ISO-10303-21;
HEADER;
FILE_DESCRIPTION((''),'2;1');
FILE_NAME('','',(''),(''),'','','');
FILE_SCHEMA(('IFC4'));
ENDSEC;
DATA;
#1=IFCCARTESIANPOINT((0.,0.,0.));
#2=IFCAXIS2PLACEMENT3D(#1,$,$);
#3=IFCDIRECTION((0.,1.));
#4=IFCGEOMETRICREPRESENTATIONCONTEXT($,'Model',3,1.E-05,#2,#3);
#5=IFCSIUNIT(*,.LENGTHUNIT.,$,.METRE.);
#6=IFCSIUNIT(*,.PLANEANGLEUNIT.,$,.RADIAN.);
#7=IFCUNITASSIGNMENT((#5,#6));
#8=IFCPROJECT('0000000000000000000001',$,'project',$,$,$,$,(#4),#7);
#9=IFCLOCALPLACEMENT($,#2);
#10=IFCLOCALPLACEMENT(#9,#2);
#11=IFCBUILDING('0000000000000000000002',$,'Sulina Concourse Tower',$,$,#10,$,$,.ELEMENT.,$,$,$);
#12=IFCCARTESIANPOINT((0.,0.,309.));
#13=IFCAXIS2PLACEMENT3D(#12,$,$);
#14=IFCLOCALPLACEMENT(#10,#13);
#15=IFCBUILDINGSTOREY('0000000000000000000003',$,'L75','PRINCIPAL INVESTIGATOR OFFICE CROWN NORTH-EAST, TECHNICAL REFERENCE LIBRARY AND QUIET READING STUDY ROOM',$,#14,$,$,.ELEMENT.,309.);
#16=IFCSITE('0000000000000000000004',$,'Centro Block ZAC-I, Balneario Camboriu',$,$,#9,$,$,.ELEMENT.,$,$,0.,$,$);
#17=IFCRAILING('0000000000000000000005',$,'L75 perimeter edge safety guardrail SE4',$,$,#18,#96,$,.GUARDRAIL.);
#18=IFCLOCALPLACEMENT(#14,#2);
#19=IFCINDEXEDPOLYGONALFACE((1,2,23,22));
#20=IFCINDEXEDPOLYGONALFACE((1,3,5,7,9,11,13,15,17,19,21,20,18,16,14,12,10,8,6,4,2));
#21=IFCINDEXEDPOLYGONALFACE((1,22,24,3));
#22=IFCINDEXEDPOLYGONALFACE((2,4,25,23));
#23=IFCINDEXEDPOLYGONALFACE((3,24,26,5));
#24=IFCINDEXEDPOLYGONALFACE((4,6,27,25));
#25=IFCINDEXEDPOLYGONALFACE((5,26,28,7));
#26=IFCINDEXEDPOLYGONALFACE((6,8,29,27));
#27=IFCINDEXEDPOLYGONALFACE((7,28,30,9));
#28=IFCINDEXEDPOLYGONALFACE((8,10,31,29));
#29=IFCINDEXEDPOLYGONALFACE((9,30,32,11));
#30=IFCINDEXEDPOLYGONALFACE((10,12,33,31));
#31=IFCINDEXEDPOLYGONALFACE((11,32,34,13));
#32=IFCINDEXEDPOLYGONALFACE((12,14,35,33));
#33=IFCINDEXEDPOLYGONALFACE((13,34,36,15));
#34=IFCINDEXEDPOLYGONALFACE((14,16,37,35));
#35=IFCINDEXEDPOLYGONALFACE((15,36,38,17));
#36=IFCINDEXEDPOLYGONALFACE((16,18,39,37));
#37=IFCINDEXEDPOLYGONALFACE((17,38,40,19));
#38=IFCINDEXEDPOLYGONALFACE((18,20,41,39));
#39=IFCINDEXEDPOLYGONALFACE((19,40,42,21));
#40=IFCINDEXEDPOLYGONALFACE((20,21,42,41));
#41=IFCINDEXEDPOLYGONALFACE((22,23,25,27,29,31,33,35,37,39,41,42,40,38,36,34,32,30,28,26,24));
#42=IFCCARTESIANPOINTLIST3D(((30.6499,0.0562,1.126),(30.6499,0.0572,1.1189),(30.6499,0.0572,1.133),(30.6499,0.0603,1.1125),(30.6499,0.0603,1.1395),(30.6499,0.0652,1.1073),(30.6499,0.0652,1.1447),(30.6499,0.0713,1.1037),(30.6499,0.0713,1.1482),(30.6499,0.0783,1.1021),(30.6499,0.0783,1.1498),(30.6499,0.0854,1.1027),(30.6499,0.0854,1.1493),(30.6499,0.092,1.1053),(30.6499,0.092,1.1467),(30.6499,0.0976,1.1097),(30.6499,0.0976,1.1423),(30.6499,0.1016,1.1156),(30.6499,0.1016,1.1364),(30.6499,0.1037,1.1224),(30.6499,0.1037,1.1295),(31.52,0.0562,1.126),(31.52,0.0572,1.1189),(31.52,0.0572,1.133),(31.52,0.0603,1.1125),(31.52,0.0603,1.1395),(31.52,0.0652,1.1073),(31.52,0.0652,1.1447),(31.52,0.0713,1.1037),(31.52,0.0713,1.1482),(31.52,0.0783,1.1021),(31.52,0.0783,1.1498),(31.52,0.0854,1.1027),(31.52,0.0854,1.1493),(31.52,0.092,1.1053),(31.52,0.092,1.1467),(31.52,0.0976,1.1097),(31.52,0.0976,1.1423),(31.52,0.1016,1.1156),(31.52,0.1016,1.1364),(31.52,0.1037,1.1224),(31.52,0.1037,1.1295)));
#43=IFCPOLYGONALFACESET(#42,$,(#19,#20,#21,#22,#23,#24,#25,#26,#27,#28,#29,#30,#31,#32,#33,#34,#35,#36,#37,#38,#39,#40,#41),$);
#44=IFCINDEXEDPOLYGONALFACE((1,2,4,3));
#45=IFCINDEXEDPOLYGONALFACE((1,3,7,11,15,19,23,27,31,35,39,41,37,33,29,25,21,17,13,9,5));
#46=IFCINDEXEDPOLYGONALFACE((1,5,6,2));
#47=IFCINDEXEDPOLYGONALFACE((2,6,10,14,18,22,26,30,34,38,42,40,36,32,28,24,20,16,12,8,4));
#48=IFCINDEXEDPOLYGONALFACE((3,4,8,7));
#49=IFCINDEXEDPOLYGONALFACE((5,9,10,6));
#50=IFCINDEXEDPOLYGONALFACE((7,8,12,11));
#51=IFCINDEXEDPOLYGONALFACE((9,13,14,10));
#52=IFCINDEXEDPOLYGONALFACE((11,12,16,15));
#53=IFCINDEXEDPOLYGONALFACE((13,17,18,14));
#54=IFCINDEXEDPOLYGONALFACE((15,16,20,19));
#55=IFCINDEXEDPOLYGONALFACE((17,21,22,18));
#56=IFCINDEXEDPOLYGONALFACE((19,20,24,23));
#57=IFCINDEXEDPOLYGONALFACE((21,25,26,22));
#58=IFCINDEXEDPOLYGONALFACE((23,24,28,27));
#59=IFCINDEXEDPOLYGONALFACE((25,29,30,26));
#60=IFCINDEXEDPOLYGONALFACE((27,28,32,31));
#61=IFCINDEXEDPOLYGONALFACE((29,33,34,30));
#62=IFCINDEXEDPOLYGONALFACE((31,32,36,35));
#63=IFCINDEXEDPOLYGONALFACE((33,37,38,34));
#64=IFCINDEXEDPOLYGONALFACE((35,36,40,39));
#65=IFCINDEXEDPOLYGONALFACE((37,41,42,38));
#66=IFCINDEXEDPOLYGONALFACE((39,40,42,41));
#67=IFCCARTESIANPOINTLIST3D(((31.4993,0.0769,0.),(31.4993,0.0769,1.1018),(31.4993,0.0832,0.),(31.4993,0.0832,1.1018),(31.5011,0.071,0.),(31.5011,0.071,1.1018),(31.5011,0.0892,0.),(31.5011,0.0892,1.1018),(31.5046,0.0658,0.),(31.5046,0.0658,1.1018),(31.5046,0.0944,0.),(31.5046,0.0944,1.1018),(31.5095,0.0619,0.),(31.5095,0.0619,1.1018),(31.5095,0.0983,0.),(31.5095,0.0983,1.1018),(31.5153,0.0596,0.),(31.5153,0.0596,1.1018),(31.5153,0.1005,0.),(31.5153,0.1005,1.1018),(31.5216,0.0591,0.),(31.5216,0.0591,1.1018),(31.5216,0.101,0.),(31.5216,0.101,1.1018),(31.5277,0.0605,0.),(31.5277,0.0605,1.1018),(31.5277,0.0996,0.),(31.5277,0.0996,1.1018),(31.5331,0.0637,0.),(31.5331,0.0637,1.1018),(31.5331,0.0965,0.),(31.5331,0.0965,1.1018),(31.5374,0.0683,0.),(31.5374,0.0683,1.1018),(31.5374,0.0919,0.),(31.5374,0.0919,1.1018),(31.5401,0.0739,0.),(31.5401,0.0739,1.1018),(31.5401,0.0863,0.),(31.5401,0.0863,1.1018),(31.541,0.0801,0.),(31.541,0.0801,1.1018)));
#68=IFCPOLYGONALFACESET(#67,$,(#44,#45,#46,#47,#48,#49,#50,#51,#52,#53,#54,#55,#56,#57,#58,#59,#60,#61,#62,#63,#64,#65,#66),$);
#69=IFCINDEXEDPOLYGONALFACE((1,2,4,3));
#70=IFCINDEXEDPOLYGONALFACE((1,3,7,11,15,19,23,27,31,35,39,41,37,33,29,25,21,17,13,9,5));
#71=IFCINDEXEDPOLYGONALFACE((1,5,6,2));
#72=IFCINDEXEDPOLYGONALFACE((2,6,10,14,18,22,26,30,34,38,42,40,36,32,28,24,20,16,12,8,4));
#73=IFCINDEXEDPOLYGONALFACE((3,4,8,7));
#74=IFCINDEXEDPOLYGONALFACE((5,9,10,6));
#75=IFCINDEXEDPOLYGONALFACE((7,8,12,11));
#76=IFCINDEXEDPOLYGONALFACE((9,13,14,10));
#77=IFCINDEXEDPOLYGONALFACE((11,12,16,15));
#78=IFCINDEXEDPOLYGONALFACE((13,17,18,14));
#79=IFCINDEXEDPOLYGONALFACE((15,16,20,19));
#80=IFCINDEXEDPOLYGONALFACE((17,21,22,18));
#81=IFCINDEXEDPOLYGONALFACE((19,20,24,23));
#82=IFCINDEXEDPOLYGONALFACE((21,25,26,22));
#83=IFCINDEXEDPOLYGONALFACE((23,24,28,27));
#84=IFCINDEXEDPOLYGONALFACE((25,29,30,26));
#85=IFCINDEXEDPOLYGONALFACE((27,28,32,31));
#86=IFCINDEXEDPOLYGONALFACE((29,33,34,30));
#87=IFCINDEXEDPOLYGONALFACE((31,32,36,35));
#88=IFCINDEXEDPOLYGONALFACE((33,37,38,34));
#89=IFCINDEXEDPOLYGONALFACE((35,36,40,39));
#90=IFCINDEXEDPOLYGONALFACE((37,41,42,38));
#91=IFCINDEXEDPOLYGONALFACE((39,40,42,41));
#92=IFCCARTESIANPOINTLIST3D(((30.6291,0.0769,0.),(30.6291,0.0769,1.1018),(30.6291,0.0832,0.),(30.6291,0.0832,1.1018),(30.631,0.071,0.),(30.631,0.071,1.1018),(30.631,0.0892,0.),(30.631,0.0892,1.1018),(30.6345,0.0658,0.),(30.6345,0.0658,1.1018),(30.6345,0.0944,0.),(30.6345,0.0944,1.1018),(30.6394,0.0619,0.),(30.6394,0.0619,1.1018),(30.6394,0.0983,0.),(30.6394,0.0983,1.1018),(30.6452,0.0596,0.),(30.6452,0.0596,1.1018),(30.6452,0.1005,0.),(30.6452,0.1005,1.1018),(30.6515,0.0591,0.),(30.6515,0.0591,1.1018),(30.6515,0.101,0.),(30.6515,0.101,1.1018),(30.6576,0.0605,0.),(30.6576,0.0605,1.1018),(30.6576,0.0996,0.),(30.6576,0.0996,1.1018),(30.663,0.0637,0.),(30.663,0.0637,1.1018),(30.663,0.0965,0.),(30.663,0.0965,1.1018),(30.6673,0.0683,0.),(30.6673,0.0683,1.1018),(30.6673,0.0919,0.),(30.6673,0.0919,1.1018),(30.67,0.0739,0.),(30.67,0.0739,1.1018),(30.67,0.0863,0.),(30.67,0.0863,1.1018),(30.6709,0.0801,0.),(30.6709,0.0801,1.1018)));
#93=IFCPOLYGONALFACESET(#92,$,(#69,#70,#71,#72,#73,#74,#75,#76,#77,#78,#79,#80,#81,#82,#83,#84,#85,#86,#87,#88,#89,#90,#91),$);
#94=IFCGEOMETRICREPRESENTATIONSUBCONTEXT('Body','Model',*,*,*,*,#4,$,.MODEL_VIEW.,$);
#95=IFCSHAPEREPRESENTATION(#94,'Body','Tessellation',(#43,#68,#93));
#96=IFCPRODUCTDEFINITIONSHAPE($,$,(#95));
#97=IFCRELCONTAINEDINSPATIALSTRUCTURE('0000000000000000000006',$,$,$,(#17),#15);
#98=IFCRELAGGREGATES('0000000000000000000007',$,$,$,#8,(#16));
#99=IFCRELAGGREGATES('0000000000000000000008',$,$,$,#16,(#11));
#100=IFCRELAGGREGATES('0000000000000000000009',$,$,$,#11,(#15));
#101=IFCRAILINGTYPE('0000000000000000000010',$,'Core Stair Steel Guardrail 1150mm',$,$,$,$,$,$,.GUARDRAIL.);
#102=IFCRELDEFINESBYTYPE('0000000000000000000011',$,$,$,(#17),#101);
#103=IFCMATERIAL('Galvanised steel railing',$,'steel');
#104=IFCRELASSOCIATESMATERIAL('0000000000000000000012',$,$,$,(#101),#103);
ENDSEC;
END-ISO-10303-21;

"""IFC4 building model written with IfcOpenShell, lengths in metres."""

from ifc_helpers import new_model, si_unit, direction, frame, origin, origin_2d, place, context, subcontext, project, spatial, circle, extrude, material, type_object, element, save


model = new_model("IFC4")

# Units and contexts
model_context = context("Model", 3, precision=1e-05, world=origin(), true_north=direction((0.0, 1.0)))
body_context = subcontext(model_context, "Body", "Model", "MODEL_VIEW")
ifc_project = project(units=[si_unit("LENGTHUNIT", "METRE"), si_unit("PLANEANGLEUNIT", "RADIAN")], contexts=[model_context])

# Site, building, storey
site_placement = place(None, origin())
site = spatial("IfcSite", under=ifc_project, at=site_placement, Name="Centro Block ZAC-I, Balneario Camboriu", CompositionType="ELEMENT", RefElevation=0.0)
building_placement = place(site_placement, origin())
building = spatial("IfcBuilding", under=site, at=building_placement, Name="Sulina Concourse Tower", CompositionType="ELEMENT")
storey_placement = place(building_placement, frame((0.0, 0.0, 309.0)))
storey = spatial("IfcBuildingStorey", under=building, at=storey_placement, Name="L75", Description="PRINCIPAL INVESTIGATOR OFFICE CROWN NORTH-EAST, TECHNICAL REFERENCE LIBRARY AND QUIET READING STUDY ROOM", CompositionType="ELEMENT", Elevation=309.0)

# Railing
ifc_material_1 = material(Name="Galvanised steel railing", Category="steel")
railing_type = type_object("IfcRailingType", Name="Core Stair Steel Guardrail 1150mm", PredefinedType="GUARDRAIL", material=ifc_material_1)
railing_1_placement = place(storey_placement, frame((31.52, 0.0801, 0.0)))
element("IfcRailing", 1, at=railing_1_placement, inside=storey, type_object=railing_type, Name="L75 perimeter edge safety guardrail SE4", PredefinedType="GUARDRAIL", context=body_context, shape_type="SweptSolid", body=[
    extrude(circle(Radius=0.0239, at=origin_2d()), frame((0.0, 0.0, 1.126), z_axis=(-1.0, 0.0, 0.0), x_axis=(0.0, -1.0, 0.0)), (0.0, 0.0, 1.0), 0.8701),
    extrude(circle(Radius=0.021, at=origin_2d()), origin(), (0.0, 0.0, 1.0), 1.1018),
    extrude(circle(Radius=0.021, at=origin_2d()), frame((-0.8701, 0.0, 0.0)), (0.0, 0.0, 1.0), 1.1018),
])

save(model, "model.ifc")
